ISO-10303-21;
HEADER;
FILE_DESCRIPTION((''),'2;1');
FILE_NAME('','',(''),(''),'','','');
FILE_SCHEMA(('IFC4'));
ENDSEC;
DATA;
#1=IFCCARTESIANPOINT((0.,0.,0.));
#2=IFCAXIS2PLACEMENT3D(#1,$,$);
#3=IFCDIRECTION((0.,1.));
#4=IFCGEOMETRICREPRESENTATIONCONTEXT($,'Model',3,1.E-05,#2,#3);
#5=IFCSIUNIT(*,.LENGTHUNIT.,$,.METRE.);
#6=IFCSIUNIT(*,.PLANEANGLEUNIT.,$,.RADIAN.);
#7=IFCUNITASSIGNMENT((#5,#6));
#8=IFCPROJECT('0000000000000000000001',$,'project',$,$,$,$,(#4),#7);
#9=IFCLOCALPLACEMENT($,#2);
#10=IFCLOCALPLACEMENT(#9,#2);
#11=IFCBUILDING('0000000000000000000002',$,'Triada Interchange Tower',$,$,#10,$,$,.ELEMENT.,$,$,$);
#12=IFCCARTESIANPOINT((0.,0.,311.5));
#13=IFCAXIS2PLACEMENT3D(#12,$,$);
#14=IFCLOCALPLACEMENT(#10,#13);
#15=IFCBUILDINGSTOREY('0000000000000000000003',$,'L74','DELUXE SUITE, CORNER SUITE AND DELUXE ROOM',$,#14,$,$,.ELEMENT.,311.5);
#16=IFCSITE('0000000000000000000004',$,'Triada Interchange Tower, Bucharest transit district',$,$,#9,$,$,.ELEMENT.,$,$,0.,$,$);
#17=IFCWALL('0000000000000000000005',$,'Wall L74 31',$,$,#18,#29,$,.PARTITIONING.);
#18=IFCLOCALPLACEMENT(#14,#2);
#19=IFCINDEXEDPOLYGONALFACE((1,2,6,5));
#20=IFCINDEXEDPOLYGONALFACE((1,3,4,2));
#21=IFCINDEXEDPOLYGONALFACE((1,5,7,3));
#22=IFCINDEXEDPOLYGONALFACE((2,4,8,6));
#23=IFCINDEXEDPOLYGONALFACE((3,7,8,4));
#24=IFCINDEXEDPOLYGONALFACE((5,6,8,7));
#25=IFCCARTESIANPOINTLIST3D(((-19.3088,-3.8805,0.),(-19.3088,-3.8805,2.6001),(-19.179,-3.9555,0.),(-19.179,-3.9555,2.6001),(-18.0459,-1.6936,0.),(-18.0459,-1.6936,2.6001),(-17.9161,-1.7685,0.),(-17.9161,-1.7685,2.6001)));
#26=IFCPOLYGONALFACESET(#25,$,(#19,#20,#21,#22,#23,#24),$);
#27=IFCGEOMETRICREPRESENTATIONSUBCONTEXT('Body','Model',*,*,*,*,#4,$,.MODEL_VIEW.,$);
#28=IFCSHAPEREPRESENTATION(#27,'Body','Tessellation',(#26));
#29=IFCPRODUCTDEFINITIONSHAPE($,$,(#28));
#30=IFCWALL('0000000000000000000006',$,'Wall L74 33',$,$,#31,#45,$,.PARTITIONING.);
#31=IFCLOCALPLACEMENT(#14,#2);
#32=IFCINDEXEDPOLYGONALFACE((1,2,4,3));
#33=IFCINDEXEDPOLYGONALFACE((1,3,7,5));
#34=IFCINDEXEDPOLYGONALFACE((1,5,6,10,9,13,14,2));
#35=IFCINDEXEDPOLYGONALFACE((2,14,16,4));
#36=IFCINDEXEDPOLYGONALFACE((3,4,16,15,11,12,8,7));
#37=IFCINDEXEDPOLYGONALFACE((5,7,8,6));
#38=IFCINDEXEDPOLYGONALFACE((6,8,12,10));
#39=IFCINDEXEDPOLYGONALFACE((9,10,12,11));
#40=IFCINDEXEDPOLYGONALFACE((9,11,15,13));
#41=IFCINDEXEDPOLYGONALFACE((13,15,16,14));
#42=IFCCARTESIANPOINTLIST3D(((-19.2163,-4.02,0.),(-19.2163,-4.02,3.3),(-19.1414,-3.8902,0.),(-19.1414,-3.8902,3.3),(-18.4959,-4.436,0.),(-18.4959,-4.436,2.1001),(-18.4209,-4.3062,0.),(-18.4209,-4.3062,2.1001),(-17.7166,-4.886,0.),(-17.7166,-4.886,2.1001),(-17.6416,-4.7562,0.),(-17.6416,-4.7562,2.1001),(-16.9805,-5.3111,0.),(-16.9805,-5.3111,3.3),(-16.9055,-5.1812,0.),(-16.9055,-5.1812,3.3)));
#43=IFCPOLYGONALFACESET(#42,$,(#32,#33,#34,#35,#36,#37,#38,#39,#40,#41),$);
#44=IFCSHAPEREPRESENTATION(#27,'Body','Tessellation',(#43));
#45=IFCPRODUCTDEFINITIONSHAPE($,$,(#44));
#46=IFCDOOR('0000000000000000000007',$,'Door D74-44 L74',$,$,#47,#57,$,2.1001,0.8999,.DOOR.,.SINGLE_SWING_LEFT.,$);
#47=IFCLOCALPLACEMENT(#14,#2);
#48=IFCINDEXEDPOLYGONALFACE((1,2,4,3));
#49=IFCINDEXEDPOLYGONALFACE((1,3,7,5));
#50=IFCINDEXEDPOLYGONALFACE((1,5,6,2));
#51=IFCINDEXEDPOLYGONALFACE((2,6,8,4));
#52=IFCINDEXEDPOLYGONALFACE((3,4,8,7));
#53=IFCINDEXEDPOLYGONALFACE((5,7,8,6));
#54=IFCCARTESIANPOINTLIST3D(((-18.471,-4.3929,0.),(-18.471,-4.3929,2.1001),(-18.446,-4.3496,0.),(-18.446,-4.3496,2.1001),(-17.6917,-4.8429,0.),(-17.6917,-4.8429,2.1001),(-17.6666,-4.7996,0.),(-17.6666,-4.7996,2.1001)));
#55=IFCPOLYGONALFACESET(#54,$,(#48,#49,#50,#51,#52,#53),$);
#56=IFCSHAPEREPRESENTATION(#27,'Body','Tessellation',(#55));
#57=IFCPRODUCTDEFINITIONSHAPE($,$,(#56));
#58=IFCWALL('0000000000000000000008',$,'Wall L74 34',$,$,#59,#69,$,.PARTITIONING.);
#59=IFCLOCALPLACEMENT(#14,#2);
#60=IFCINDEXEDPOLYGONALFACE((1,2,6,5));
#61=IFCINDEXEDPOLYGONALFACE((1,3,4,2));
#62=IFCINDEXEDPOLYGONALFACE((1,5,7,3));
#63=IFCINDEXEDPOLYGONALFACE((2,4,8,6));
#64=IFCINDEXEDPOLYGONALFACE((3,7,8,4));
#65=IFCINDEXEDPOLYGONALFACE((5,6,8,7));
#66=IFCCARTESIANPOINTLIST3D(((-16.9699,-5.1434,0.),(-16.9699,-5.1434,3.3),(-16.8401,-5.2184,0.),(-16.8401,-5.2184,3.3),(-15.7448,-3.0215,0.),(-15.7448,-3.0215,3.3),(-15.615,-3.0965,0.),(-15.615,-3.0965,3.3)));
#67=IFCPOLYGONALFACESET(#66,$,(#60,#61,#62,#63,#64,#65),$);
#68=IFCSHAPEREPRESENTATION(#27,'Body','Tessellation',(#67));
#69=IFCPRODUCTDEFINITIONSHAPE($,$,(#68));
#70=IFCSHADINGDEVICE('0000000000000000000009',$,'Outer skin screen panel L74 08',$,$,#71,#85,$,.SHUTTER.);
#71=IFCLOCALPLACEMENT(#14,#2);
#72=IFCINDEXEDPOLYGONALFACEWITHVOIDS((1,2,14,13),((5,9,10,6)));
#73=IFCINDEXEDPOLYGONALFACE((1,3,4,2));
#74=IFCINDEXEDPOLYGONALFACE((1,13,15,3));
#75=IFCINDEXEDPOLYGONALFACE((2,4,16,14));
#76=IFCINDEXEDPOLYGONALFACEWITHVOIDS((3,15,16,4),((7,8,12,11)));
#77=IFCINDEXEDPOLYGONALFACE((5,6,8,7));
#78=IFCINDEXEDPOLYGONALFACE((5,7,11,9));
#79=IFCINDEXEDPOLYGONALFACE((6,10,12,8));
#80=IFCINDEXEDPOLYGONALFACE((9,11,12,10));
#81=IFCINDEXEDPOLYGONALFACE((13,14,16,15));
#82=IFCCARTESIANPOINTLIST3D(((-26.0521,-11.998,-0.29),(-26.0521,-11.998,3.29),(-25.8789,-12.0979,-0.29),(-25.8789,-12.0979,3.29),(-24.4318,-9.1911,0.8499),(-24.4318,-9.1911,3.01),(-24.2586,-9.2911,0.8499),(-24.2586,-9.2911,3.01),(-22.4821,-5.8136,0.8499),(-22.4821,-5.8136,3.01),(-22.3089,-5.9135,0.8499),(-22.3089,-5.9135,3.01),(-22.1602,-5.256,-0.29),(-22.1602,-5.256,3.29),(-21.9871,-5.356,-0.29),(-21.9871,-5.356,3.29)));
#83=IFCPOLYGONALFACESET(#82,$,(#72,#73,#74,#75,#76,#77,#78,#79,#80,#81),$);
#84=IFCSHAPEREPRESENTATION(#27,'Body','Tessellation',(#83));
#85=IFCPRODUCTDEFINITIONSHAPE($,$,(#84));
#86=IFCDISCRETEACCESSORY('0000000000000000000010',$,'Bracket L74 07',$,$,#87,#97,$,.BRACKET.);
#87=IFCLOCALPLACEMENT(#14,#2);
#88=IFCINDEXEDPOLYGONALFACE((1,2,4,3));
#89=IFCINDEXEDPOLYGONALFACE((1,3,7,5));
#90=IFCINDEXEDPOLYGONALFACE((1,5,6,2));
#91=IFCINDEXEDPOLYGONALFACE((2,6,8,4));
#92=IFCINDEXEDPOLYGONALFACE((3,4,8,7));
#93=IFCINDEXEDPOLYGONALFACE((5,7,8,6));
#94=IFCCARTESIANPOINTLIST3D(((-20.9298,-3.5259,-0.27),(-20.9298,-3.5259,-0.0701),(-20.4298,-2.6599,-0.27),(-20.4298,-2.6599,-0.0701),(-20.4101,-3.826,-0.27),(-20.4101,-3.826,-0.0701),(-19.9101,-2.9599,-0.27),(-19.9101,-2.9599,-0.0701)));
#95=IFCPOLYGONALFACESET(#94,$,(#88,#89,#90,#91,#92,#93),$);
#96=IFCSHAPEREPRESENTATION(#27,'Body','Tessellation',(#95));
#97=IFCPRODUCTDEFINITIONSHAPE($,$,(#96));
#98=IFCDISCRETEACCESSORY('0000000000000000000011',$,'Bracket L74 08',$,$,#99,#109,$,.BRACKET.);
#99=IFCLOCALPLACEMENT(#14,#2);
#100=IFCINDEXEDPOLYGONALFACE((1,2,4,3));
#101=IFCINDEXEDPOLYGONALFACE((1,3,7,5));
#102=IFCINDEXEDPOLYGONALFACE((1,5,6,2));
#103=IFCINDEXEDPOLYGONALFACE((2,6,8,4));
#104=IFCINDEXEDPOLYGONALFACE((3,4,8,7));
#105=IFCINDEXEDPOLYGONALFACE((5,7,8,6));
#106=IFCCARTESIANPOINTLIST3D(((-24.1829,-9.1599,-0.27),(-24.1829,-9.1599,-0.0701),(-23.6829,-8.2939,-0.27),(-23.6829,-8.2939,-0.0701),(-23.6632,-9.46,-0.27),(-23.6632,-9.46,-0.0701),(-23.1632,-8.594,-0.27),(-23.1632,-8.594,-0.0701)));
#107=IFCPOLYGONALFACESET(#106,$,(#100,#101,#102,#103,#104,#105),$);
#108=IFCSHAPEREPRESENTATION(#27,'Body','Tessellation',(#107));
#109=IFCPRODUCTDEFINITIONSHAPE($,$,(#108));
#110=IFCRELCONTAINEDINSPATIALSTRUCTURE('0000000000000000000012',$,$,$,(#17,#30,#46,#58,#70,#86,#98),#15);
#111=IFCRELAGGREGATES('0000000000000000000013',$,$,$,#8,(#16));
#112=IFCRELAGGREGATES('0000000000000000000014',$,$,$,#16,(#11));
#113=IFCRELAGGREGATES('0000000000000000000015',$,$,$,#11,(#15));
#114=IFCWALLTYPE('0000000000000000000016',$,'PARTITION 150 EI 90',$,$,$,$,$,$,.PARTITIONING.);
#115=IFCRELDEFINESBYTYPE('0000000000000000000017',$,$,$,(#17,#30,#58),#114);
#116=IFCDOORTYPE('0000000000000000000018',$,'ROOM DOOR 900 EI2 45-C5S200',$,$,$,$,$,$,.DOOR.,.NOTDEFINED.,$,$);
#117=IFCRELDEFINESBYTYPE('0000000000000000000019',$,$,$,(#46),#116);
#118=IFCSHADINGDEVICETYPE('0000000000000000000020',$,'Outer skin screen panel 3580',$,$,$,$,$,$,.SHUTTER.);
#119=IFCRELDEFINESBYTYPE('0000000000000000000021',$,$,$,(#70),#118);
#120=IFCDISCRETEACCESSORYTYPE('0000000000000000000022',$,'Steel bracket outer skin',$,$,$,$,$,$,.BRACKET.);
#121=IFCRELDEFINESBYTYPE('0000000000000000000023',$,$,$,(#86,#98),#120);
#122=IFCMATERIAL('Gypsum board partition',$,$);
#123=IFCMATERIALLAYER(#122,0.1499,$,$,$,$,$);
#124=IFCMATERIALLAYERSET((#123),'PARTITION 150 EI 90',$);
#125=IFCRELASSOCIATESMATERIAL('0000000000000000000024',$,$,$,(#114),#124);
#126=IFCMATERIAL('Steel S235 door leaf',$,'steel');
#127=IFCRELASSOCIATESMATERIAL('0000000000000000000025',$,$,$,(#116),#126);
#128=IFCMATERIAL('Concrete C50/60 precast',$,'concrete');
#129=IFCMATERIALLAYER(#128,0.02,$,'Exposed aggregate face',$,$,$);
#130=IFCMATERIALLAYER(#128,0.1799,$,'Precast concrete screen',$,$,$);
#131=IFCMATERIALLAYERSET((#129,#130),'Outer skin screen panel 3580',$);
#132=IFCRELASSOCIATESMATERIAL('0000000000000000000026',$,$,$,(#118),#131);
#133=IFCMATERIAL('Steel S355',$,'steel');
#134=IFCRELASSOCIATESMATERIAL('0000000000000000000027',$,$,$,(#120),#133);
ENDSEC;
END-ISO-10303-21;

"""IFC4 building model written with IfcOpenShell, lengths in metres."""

from ifc_helpers import new_model, si_unit, direction, frame, frame_2d, origin, origin_2d, place, context, subcontext, project, spatial, polyline, rectangle, outline, extrude, material, layer, layer_set, type_object, element, fill, save


model = new_model("IFC4")

# Units and contexts
model_context = context("Model", 3, precision=1e-05, world=origin(), true_north=direction((0.0, 1.0)))
body_context = subcontext(model_context, "Body", "Model", "MODEL_VIEW")
ifc_project = project(units=[si_unit("LENGTHUNIT", "METRE"), si_unit("PLANEANGLEUNIT", "RADIAN")], contexts=[model_context])

# Site, building, storey
site_placement = place(None, origin())
site = spatial("IfcSite", under=ifc_project, at=site_placement, Name="Triada Interchange Tower, Bucharest transit district", CompositionType="ELEMENT", RefElevation=0.0)
building_placement = place(site_placement, origin())
building = spatial("IfcBuilding", under=site, at=building_placement, Name="Triada Interchange Tower", CompositionType="ELEMENT")
storey_placement = place(building_placement, frame((0.0, 0.0, 311.5)))
storey = spatial("IfcBuildingStorey", under=building, at=storey_placement, Name="L74", Description="DELUXE SUITE, CORNER SUITE AND DELUXE ROOM", CompositionType="ELEMENT", Elevation=311.5)

# Shared definitions
ifc_material_1 = material(Name="Gypsum board partition")
ifc_material_2 = material(Name="Steel S235 door leaf", Category="steel")

# Wall
ifc_layer_1 = layer(ifc_material_1, 0.1499)
ifc_layer_set_1 = layer_set([ifc_layer_1], Name="PARTITION 150 EI 90")
wall_type_1 = type_object("IfcWallType", Name="PARTITION 150 EI 90", PredefinedType="PARTITIONING", material=ifc_layer_set_1)
wall_1_placement = place(storey_placement, frame((-19.2439, -3.918, 0.0), z_axis=(0.0, 0.0, 1.0), x_axis=(0.500079, 0.86598, 0.0)))
element("IfcWall", 1, at=wall_1_placement, inside=storey, type_object=wall_type_1, Name="Wall L74 31", PredefinedType="PARTITIONING", context=body_context, shape_type="SweptSolid", body=[
    extrude(rectangle(XDim=2.5254, YDim=0.1499, at=frame_2d((1.2627, 0.0))), origin(), (0.0, 0.0, 1.0), 2.6001),
])

# Wall, opening, door
wall_2_placement = place(storey_placement, frame((-19.179, -3.9551, 0.0), z_axis=(0.0, 0.0, 1.0), x_axis=(0.866, -0.500044, 0.0)))
wall_2 = element("IfcWall", 2, at=wall_2_placement, inside=storey, type_object=wall_type_1, Name="Wall L74 33", PredefinedType="PARTITIONING", context=body_context, shape_type="SweptSolid", body=[
    extrude(rectangle(XDim=2.5818, YDim=0.1499, at=frame_2d((1.291, 0.0))), origin(), (0.0, 0.0, 1.0), 3.3),
])
opening_1_placement = place(wall_2_placement, frame((0.832, 0.0, 0.0)))
opening_1 = element("IfcOpeningElement", 3, at=opening_1_placement, cuts=wall_2, PredefinedType="OPENING", context=body_context, shape_type="SweptSolid", body=[
    extrude(rectangle(XDim=0.8999, YDim=2.1001, at=frame_2d((0.45, 1.05))), frame((0.0, 0.085, 0.0), z_axis=(0.0, -1.0, 0.0), x_axis=(1.0, 0.0, 0.0)), (0.0, 0.0, 1.0), 0.1699),
])
door_type_1 = type_object("IfcDoorType", Name="ROOM DOOR 900 EI2 45-C5S200", OperationType="NOTDEFINED", PredefinedType="DOOR", material=ifc_material_2)
door_1_placement = place(opening_1_placement, origin())
door_1 = element("IfcDoor", 4, at=door_1_placement, inside=storey, type_object=door_type_1, Name="Door D74-44 L74", OperationType="SINGLE_SWING_LEFT", OverallHeight=2.1001, OverallWidth=0.8999, PredefinedType="DOOR", context=body_context, shape_type="SweptSolid", body=[
    extrude(rectangle(XDim=0.8999, YDim=2.1001, at=frame_2d((0.45, 1.05))), frame((0.0, 0.0249, 0.0), z_axis=(0.0, -1.0, 0.0), x_axis=(1.0, 0.0, 0.0)), (0.0, 0.0, 1.0), 0.05),
])
fill(opening_1, door_1)

# Wall
wall_3_placement = place(storey_placement, frame((-16.905, -5.1809, 0.0), z_axis=(0.0, 0.0, 1.0), x_axis=(0.500019, 0.866015, 0.0)))
element("IfcWall", 5, at=wall_3_placement, inside=storey, type_object=wall_type_1, Name="Wall L74 34", PredefinedType="PARTITIONING", context=body_context, shape_type="SweptSolid", body=[
    extrude(rectangle(XDim=2.4502, YDim=0.1499, at=frame_2d((1.2251, 0.0))), origin(), (0.0, 0.0, 1.0), 3.3),
])

# Shading device
ifc_material_3 = material(Name="Concrete C50/60 precast", Category="concrete")
ifc_layer_2 = layer(ifc_material_3, 0.02, Name="Exposed aggregate face")
ifc_layer_3 = layer(ifc_material_3, 0.1799, Name="Precast concrete screen")
ifc_layer_set_2 = layer_set([ifc_layer_2, ifc_layer_3], Name="Outer skin screen panel 3580")
shading_device_type = type_object("IfcShadingDeviceType", Name="Outer skin screen panel 3580", PredefinedType="SHUTTER", material=ifc_layer_set_2)
shading_device_placement = place(storey_placement, frame((-21.9871, -5.356, -0.29), z_axis=(0.0, 0.0, 1.0), x_axis=(-0.499941, -0.86606, 0.0)))
element("IfcShadingDevice", 6, at=shading_device_placement, inside=storey, type_object=shading_device_type, Name="Outer skin screen panel L74 08", PredefinedType="SHUTTER", context=body_context, shape_type="SweptSolid", body=[
    extrude(outline(polyline([(0.0, 0.0), (7.7847, 0.0), (7.7847, 3.5801), (0.0, 3.5801), (0.0, 0.0)]), holes=[polyline([(0.6438, 1.1399), (0.6438, 3.3), (4.5437, 3.3), (4.5437, 1.1399), (0.6438, 1.1399)])]), frame((0.0, 0.0, 0.0), z_axis=(0.0, -1.0, 0.0), x_axis=(1.0, 0.0, 0.0)), (0.0, 0.0, 1.0), 0.2),
])

# Discrete accessories
ifc_material_4 = material(Name="Steel S355", Category="steel")
discrete_accessory_type = type_object("IfcDiscreteAccessoryType", Name="Steel bracket outer skin", PredefinedType="BRACKET", material=ifc_material_4)
for number, where, z_axis, x_axis, name in (
    (7, (-20.4199, -3.2429, -0.27), (0.0, 0.0, 1.0), (-0.866025, 0.500001, 0.0), "Bracket L74 07"),
    (8, (-23.6731, -8.877, -0.27), (0.0, 0.0, 1.0), (-0.866025, 0.500001, 0.0), "Bracket L74 08"),
):
    element("IfcDiscreteAccessory", number, at=place(storey_placement, frame(where, z_axis=z_axis, x_axis=x_axis)), inside=storey, type_object=discrete_accessory_type, Name=name, PredefinedType="BRACKET", context=body_context, shape_type="SweptSolid", body=[
        extrude(rectangle(XDim=0.6001, YDim=1.0, at=origin_2d()), origin(), (0.0, 0.0, 1.0), 0.2),
    ])

save(model, "model.ifc")
